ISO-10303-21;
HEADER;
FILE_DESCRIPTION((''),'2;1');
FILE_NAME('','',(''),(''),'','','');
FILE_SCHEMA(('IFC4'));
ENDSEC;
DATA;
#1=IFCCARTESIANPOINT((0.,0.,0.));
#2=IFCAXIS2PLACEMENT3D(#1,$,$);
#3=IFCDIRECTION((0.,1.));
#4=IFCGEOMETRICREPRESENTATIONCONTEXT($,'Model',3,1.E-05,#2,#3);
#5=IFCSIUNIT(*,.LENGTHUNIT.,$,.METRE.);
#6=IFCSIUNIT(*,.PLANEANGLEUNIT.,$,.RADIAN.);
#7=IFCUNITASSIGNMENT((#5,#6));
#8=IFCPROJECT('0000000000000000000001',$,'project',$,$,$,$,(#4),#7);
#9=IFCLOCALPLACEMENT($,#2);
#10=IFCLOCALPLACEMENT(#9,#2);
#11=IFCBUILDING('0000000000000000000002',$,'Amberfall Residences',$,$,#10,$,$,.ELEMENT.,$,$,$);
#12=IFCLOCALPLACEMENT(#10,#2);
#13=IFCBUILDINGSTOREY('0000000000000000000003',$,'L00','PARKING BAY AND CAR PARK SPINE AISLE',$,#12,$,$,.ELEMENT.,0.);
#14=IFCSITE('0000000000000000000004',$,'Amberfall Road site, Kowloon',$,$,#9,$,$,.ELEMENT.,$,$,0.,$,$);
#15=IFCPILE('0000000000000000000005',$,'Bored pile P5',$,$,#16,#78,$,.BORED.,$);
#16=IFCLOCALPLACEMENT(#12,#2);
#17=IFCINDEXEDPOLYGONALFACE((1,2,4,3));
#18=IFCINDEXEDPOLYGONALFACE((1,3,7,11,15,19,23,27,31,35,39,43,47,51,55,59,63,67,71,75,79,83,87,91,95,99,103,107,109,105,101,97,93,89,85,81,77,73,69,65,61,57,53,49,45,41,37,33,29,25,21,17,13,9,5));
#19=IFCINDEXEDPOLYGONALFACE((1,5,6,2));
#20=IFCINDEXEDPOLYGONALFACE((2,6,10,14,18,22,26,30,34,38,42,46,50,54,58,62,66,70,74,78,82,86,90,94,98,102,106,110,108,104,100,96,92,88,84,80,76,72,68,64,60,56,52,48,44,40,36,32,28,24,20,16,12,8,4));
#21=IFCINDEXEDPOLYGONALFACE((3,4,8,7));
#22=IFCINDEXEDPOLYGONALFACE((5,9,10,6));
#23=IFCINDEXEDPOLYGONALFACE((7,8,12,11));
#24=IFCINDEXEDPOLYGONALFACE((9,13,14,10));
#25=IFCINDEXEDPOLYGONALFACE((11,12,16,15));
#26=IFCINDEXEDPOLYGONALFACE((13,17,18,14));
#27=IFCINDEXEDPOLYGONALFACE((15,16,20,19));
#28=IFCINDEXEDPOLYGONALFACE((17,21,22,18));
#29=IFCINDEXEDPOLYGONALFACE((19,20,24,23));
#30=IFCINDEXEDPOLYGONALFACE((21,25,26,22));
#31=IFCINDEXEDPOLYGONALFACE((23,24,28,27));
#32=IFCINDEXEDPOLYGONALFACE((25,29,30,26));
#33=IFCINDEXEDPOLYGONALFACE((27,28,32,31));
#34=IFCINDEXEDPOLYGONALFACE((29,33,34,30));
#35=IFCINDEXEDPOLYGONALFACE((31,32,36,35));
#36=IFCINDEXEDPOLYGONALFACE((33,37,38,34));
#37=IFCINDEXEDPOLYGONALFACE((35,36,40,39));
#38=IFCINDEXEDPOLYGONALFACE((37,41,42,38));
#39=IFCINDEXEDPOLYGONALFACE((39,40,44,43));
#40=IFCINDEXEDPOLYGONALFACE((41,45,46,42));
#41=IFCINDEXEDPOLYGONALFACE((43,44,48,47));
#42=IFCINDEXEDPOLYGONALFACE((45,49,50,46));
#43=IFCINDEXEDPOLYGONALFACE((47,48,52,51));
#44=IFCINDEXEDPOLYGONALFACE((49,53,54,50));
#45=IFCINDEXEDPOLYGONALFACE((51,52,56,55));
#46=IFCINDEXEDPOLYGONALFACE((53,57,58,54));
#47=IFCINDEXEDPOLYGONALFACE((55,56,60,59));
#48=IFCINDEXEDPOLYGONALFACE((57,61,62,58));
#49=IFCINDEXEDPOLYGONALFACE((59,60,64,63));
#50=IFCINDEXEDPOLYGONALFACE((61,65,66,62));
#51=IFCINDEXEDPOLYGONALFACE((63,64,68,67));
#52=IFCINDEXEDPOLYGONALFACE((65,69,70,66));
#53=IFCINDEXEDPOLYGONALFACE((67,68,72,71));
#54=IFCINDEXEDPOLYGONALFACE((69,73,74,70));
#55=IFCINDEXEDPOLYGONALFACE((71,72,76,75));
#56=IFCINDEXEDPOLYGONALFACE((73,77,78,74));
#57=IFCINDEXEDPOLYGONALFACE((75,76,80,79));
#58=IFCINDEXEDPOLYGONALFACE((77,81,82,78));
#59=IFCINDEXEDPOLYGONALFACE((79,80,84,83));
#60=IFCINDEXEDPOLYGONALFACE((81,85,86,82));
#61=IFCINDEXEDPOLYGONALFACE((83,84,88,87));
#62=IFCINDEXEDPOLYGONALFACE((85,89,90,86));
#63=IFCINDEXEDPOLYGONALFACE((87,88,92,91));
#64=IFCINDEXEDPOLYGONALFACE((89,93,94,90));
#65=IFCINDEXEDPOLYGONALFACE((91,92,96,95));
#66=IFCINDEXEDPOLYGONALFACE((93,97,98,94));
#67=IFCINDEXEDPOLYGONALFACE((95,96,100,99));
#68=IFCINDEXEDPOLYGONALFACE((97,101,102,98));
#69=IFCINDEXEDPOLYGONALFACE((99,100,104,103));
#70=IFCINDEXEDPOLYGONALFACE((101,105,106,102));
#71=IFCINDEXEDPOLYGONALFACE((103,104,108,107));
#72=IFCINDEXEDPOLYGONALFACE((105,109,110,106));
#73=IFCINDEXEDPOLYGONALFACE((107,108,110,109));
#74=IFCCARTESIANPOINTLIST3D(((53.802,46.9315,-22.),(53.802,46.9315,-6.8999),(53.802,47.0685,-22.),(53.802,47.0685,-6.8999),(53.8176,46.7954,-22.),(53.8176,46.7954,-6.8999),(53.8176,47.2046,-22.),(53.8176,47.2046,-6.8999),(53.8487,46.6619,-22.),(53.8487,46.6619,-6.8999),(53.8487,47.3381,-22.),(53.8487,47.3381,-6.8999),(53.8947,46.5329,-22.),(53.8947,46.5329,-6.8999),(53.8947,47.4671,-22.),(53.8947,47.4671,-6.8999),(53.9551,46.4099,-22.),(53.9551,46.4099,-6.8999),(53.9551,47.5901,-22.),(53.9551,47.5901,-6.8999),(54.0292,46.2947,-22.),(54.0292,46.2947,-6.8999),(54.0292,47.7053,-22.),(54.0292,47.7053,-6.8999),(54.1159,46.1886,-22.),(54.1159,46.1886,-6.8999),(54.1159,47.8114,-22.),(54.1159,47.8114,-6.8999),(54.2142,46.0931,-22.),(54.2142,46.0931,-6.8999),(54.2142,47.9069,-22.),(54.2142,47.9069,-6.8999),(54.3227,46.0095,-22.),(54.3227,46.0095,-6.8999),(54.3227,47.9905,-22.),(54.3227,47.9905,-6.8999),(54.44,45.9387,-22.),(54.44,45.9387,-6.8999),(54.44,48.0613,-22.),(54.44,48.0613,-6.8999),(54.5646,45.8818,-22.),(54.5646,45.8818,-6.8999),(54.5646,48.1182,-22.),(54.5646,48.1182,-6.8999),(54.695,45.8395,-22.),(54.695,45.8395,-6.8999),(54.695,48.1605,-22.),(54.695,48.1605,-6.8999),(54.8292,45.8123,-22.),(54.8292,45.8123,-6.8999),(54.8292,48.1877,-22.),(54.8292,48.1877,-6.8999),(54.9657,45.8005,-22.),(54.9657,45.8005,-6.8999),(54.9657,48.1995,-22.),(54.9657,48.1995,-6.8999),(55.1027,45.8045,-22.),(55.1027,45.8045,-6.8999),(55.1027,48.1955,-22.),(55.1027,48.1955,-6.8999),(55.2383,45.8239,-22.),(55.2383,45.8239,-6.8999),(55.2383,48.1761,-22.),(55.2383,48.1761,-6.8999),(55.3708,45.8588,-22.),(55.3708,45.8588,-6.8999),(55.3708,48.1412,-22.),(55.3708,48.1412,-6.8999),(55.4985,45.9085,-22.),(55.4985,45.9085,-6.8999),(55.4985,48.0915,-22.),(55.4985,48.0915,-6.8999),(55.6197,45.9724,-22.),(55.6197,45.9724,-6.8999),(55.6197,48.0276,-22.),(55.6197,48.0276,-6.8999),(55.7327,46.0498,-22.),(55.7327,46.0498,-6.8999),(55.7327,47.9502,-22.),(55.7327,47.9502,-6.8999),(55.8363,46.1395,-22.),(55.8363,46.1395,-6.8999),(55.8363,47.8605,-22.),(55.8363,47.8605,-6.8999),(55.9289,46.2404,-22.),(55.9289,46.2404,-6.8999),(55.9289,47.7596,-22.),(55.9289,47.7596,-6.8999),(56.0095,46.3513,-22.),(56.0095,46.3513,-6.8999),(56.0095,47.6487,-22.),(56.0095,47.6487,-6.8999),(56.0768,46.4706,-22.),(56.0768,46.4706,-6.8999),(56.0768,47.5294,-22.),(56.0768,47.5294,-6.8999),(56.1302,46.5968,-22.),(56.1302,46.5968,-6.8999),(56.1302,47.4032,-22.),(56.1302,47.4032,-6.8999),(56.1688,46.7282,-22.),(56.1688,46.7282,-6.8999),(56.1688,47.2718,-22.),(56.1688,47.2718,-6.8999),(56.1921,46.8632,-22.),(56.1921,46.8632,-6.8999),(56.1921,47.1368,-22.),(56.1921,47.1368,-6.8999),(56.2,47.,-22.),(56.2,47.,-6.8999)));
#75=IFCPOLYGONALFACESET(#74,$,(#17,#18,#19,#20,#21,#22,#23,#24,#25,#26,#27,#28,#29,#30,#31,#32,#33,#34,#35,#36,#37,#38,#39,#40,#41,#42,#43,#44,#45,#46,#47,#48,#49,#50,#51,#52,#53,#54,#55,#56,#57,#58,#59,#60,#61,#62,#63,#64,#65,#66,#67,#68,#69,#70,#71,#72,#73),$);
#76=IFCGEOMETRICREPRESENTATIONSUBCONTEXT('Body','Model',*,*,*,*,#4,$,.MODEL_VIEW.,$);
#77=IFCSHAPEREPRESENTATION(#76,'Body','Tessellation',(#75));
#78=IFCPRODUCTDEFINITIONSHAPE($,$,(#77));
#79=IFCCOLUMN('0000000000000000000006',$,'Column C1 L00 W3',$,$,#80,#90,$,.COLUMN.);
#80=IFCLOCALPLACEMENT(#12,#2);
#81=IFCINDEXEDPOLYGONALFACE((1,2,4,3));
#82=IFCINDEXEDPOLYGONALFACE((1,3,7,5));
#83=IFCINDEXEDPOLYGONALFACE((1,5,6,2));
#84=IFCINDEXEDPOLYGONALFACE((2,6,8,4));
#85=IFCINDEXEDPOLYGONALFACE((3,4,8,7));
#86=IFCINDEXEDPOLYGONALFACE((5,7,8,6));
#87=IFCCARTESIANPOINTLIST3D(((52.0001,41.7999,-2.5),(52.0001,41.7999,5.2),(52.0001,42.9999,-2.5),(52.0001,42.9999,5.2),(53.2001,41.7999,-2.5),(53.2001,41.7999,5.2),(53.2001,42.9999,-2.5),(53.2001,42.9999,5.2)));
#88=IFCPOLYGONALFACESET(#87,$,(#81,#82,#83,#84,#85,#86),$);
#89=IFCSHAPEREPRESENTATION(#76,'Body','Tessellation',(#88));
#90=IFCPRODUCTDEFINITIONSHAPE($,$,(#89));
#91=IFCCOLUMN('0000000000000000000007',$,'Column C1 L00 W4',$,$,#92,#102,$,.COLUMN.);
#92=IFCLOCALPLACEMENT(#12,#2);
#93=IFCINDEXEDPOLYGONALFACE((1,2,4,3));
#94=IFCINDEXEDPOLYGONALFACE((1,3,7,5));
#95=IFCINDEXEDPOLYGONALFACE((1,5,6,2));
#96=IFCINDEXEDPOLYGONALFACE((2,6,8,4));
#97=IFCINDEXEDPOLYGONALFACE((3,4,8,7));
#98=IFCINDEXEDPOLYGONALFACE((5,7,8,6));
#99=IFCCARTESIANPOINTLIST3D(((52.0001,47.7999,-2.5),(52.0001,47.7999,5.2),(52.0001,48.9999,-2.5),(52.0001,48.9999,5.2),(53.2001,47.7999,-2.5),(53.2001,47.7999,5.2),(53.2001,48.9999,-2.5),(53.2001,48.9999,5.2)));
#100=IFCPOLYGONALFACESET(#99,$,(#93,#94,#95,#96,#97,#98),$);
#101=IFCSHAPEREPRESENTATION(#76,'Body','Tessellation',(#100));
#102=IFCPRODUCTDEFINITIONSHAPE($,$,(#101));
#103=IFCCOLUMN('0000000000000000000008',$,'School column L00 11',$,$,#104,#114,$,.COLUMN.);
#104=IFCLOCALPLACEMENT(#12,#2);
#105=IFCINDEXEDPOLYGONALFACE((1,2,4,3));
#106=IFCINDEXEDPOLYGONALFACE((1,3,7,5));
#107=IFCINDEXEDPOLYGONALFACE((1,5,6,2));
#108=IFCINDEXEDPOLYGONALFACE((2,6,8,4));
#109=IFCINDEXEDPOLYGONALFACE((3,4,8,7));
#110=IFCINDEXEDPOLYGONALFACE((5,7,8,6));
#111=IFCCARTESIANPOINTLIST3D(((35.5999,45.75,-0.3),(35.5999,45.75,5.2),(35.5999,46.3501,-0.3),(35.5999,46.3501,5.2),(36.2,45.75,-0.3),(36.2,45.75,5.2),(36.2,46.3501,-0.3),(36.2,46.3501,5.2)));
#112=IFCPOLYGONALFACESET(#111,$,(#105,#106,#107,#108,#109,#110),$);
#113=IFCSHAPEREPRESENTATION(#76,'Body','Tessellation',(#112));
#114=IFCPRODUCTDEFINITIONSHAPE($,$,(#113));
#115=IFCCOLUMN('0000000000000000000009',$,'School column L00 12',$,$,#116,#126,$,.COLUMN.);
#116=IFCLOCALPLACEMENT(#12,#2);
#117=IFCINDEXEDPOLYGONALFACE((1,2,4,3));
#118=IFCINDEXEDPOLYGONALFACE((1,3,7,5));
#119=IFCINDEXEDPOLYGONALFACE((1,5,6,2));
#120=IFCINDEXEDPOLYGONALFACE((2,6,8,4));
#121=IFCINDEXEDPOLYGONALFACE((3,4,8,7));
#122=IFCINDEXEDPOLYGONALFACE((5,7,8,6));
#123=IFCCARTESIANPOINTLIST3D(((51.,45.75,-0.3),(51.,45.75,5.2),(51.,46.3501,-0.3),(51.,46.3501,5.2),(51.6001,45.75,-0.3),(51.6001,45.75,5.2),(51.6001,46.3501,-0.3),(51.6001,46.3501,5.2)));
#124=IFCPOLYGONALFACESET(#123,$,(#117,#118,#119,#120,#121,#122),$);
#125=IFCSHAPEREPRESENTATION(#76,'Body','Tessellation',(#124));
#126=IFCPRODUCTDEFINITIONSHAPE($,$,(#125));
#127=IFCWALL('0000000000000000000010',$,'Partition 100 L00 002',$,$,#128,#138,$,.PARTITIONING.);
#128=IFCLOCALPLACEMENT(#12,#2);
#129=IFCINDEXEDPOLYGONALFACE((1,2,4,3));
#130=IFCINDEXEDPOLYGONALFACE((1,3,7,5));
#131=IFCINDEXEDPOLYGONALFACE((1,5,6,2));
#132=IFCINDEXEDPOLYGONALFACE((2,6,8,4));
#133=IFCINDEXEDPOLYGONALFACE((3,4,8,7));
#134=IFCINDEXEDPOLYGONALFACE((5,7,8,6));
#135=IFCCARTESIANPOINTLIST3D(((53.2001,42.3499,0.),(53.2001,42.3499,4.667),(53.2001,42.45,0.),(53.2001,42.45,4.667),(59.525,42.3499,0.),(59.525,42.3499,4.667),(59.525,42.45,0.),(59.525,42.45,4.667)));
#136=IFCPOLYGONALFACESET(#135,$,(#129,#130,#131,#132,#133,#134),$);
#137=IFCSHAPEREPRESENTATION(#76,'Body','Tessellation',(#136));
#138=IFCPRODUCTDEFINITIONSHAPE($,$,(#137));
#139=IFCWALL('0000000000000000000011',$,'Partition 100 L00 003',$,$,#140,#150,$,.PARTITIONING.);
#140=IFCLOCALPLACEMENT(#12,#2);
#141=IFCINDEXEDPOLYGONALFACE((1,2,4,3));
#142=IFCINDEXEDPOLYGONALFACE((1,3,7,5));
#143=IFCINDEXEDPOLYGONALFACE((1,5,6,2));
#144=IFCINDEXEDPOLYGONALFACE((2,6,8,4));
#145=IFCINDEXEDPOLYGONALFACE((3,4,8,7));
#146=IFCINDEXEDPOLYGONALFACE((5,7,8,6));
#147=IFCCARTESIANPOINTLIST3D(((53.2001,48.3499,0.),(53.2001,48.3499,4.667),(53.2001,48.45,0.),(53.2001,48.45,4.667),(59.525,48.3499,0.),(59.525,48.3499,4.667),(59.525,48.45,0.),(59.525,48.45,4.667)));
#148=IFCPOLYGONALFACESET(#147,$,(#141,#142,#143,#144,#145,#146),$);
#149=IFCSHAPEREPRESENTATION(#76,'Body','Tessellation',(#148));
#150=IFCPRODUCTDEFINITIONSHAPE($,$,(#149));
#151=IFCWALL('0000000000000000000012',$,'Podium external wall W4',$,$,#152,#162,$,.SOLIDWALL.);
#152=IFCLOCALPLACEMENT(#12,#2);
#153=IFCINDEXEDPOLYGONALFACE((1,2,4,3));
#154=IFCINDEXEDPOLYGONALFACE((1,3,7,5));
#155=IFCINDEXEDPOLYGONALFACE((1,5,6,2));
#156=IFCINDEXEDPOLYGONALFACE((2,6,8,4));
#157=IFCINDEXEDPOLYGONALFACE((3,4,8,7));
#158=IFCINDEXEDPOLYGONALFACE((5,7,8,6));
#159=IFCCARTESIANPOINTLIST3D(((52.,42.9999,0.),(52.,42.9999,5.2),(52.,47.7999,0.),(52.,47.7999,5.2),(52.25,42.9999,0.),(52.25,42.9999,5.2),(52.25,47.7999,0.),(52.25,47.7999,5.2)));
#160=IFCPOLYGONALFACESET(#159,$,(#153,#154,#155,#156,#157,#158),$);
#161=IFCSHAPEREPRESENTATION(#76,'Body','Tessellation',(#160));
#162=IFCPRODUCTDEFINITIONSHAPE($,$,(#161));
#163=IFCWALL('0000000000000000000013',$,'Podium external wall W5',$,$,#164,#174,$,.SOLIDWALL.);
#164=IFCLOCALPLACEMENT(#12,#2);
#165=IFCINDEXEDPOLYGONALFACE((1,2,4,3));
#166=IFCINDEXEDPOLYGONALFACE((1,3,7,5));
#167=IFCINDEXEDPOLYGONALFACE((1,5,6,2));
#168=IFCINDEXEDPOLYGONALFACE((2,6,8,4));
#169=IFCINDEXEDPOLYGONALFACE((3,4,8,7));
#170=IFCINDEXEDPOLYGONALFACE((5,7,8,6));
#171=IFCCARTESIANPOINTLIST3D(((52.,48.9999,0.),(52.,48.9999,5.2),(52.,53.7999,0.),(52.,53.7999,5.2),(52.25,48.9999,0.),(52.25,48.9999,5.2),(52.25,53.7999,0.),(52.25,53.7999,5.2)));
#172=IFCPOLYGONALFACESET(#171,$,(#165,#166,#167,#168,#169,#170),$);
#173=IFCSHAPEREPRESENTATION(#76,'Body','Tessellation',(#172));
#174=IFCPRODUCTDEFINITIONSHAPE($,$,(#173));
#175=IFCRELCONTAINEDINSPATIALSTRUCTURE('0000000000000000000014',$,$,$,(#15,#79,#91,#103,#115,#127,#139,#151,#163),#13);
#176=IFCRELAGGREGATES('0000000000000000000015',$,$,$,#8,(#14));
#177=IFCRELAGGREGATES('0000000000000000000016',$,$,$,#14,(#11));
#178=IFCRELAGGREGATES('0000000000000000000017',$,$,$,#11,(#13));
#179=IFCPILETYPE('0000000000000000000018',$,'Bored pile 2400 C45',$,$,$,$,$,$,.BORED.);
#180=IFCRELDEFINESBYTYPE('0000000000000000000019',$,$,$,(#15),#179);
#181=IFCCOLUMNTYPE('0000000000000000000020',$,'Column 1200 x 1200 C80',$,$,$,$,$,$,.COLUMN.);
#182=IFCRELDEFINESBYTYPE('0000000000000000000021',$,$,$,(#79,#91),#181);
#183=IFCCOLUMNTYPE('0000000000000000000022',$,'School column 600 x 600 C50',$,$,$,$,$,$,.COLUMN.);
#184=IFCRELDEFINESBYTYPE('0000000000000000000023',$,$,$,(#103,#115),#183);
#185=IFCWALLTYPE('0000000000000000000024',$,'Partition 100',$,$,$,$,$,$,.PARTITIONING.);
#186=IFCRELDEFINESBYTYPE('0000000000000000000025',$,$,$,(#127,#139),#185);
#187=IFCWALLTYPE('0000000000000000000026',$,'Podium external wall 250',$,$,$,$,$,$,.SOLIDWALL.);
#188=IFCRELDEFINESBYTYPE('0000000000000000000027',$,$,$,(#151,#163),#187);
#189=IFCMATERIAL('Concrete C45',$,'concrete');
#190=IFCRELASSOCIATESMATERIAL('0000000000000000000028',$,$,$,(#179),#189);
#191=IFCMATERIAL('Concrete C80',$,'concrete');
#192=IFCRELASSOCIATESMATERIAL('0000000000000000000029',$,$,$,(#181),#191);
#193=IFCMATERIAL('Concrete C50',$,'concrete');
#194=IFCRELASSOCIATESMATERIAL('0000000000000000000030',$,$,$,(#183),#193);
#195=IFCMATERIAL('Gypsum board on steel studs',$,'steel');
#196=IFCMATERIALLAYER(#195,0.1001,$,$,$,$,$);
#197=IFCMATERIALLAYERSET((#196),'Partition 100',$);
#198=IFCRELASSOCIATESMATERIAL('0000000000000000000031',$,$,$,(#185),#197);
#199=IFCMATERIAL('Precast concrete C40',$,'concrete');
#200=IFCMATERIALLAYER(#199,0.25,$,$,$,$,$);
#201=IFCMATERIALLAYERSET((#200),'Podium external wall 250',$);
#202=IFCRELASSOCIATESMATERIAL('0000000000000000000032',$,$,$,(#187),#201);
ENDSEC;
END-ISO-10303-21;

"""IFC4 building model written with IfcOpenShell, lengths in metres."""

from ifc_helpers import new_model, si_unit, direction, frame, frame_2d, origin, origin_2d, place, context, subcontext, project, spatial, rectangle, circle, extrude, material, layer, layer_set, material_profile, profile_set, type_object, element, save


model = new_model("IFC4")

# Units and contexts
model_context = context("Model", 3, precision=1e-05, world=origin(), true_north=direction((0.0, 1.0)))
body_context = subcontext(model_context, "Body", "Model", "MODEL_VIEW")
ifc_project = project(units=[si_unit("LENGTHUNIT", "METRE"), si_unit("PLANEANGLEUNIT", "RADIAN")], contexts=[model_context])

# Site, building, storey
site_placement = place(None, origin())
site = spatial("IfcSite", under=ifc_project, at=site_placement, Name="Amberfall Road site, Kowloon", CompositionType="ELEMENT", RefElevation=0.0)
building_placement = place(site_placement, origin())
building = spatial("IfcBuilding", under=site, at=building_placement, Name="Amberfall Residences", CompositionType="ELEMENT")
storey_placement = place(building_placement, origin())
storey = spatial("IfcBuildingStorey", under=building, at=storey_placement, Name="L00", Description="PARKING BAY AND CAR PARK SPINE AISLE", CompositionType="ELEMENT", Elevation=0.0)

# Pile
ifc_material_1 = material(Name="Concrete C45", Category="concrete")
ifc_material_profile_1 = material_profile(ifc_material_1, circle(Radius=1.2, at=origin_2d()), Name="Bored pile 2400 C45")
ifc_profile_set_1 = profile_set([ifc_material_profile_1], Name="Concrete C45")
pile_type = type_object("IfcPileType", Name="Bored pile 2400 C45", PredefinedType="BORED", material=ifc_profile_set_1)
pile_placement = place(storey_placement, frame((55.0, 47.0, -6.8999), z_axis=(0.0, 0.0, -1.0), x_axis=(1.0, 0.0, 0.0)))
element("IfcPile", 1, at=pile_placement, inside=storey, type_object=pile_type, Name="Bored pile P5", PredefinedType="BORED", context=body_context, shape_type="SweptSolid", body=[
    extrude(circle(Radius=1.2, at=origin_2d()), origin(), (0.0, 0.0, 1.0), 15.1001),
])

# Columns
ifc_material_2 = material(Name="Concrete C80", Category="concrete")
ifc_material_profile_2 = material_profile(ifc_material_2, rectangle(XDim=1.2, YDim=1.2, at=origin_2d()), Name="Column 1200 x 1200 C80")
ifc_profile_set_2 = profile_set([ifc_material_profile_2], Name="Concrete C80")
column_type_1 = type_object("IfcColumnType", Name="Column 1200 x 1200 C80", PredefinedType="COLUMN", material=ifc_profile_set_2)
for number, where, z_axis, x_axis, name in (
    (2, (52.6001, 42.3999, -2.5), (0.0, 0.0, 1.0), (1.0, 0.0, 0.0), "Column C1 L00 W3"),
    (3, (52.6001, 48.3999, -2.5), (0.0, 0.0, 1.0), (1.0, 0.0, 0.0), "Column C1 L00 W4"),
):
    element("IfcColumn", number, at=place(storey_placement, frame(where, z_axis=z_axis, x_axis=x_axis)), inside=storey, type_object=column_type_1, Name=name, PredefinedType="COLUMN", context=body_context, shape_type="SweptSolid", body=[
        extrude(rectangle(XDim=1.2, YDim=1.2, at=origin_2d()), origin(), (0.0, 0.0, 1.0), 7.7),
    ])
ifc_material_3 = material(Name="Concrete C50", Category="concrete")
ifc_material_profile_3 = material_profile(ifc_material_3, rectangle(XDim=0.6001, YDim=0.6001, at=origin_2d()), Name="School column 600 x 600 C50")
ifc_profile_set_3 = profile_set([ifc_material_profile_3], Name="Concrete C50")
column_type_2 = type_object("IfcColumnType", Name="School column 600 x 600 C50", PredefinedType="COLUMN", material=ifc_profile_set_3)
for number, where, z_axis, x_axis, name in (
    (4, (35.8999, 46.05, -0.3), (0.0, 0.0, 1.0), (1.0, 0.0, 0.0), "School column L00 11"),
    (5, (51.3, 46.05, -0.3), (0.0, 0.0, 1.0), (1.0, 0.0, 0.0), "School column L00 12"),
):
    element("IfcColumn", number, at=place(storey_placement, frame(where, z_axis=z_axis, x_axis=x_axis)), inside=storey, type_object=column_type_2, Name=name, PredefinedType="COLUMN", context=body_context, shape_type="SweptSolid", body=[
        extrude(rectangle(XDim=0.6001, YDim=0.6001, at=origin_2d()), origin(), (0.0, 0.0, 1.0), 5.5),
    ])

# Walls
ifc_material_4 = material(Name="Gypsum board on steel studs", Category="steel")
ifc_layer_1 = layer(ifc_material_4, 0.1001)
ifc_layer_set_1 = layer_set([ifc_layer_1], Name="Partition 100")
wall_type_1 = type_object("IfcWallType", Name="Partition 100", PredefinedType="PARTITIONING", material=ifc_layer_set_1)
for number, where, z_axis, x_axis, name in (
    (6, (53.2, 42.3999, 0.0), (0.0, 0.0, 1.0), (1.0, 0.0, 0.0), "Partition 100 L00 002"),
    (7, (53.2, 48.3999, 0.0), (0.0, 0.0, 1.0), (1.0, 0.0, 0.0), "Partition 100 L00 003"),
):
    element("IfcWall", number, at=place(storey_placement, frame(where, z_axis=z_axis, x_axis=x_axis)), inside=storey, type_object=wall_type_1, Name=name, PredefinedType="PARTITIONING", context=body_context, shape_type="SweptSolid", body=[
        extrude(rectangle(XDim=6.325, YDim=0.1001, at=frame_2d((3.1626, 0.0))), origin(), (0.0, 0.0, 1.0), 4.667),
    ])
ifc_material_5 = material(Name="Precast concrete C40", Category="concrete")
ifc_layer_2 = layer(ifc_material_5, 0.25)
ifc_layer_set_2 = layer_set([ifc_layer_2], Name="Podium external wall 250")
wall_type_2 = type_object("IfcWallType", Name="Podium external wall 250", PredefinedType="SOLIDWALL", material=ifc_layer_set_2)
for number, where, z_axis, x_axis, name in (
    (8, (52.125, 43.0, 0.0), (0.0, 0.0, 1.0), (0.0, 1.0, 0.0), "Podium external wall W4"),
    (9, (52.125, 49.0, 0.0), (0.0, 0.0, 1.0), (0.0, 1.0, 0.0), "Podium external wall W5"),
):
    element("IfcWall", number, at=place(storey_placement, frame(where, z_axis=z_axis, x_axis=x_axis)), inside=storey, type_object=wall_type_2, Name=name, PredefinedType="SOLIDWALL", context=body_context, shape_type="SweptSolid", body=[
        extrude(rectangle(XDim=4.8, YDim=0.25, at=frame_2d((2.3999, 0.0))), origin(), (0.0, 0.0, 1.0), 5.2),
    ])

save(model, "model.ifc")
